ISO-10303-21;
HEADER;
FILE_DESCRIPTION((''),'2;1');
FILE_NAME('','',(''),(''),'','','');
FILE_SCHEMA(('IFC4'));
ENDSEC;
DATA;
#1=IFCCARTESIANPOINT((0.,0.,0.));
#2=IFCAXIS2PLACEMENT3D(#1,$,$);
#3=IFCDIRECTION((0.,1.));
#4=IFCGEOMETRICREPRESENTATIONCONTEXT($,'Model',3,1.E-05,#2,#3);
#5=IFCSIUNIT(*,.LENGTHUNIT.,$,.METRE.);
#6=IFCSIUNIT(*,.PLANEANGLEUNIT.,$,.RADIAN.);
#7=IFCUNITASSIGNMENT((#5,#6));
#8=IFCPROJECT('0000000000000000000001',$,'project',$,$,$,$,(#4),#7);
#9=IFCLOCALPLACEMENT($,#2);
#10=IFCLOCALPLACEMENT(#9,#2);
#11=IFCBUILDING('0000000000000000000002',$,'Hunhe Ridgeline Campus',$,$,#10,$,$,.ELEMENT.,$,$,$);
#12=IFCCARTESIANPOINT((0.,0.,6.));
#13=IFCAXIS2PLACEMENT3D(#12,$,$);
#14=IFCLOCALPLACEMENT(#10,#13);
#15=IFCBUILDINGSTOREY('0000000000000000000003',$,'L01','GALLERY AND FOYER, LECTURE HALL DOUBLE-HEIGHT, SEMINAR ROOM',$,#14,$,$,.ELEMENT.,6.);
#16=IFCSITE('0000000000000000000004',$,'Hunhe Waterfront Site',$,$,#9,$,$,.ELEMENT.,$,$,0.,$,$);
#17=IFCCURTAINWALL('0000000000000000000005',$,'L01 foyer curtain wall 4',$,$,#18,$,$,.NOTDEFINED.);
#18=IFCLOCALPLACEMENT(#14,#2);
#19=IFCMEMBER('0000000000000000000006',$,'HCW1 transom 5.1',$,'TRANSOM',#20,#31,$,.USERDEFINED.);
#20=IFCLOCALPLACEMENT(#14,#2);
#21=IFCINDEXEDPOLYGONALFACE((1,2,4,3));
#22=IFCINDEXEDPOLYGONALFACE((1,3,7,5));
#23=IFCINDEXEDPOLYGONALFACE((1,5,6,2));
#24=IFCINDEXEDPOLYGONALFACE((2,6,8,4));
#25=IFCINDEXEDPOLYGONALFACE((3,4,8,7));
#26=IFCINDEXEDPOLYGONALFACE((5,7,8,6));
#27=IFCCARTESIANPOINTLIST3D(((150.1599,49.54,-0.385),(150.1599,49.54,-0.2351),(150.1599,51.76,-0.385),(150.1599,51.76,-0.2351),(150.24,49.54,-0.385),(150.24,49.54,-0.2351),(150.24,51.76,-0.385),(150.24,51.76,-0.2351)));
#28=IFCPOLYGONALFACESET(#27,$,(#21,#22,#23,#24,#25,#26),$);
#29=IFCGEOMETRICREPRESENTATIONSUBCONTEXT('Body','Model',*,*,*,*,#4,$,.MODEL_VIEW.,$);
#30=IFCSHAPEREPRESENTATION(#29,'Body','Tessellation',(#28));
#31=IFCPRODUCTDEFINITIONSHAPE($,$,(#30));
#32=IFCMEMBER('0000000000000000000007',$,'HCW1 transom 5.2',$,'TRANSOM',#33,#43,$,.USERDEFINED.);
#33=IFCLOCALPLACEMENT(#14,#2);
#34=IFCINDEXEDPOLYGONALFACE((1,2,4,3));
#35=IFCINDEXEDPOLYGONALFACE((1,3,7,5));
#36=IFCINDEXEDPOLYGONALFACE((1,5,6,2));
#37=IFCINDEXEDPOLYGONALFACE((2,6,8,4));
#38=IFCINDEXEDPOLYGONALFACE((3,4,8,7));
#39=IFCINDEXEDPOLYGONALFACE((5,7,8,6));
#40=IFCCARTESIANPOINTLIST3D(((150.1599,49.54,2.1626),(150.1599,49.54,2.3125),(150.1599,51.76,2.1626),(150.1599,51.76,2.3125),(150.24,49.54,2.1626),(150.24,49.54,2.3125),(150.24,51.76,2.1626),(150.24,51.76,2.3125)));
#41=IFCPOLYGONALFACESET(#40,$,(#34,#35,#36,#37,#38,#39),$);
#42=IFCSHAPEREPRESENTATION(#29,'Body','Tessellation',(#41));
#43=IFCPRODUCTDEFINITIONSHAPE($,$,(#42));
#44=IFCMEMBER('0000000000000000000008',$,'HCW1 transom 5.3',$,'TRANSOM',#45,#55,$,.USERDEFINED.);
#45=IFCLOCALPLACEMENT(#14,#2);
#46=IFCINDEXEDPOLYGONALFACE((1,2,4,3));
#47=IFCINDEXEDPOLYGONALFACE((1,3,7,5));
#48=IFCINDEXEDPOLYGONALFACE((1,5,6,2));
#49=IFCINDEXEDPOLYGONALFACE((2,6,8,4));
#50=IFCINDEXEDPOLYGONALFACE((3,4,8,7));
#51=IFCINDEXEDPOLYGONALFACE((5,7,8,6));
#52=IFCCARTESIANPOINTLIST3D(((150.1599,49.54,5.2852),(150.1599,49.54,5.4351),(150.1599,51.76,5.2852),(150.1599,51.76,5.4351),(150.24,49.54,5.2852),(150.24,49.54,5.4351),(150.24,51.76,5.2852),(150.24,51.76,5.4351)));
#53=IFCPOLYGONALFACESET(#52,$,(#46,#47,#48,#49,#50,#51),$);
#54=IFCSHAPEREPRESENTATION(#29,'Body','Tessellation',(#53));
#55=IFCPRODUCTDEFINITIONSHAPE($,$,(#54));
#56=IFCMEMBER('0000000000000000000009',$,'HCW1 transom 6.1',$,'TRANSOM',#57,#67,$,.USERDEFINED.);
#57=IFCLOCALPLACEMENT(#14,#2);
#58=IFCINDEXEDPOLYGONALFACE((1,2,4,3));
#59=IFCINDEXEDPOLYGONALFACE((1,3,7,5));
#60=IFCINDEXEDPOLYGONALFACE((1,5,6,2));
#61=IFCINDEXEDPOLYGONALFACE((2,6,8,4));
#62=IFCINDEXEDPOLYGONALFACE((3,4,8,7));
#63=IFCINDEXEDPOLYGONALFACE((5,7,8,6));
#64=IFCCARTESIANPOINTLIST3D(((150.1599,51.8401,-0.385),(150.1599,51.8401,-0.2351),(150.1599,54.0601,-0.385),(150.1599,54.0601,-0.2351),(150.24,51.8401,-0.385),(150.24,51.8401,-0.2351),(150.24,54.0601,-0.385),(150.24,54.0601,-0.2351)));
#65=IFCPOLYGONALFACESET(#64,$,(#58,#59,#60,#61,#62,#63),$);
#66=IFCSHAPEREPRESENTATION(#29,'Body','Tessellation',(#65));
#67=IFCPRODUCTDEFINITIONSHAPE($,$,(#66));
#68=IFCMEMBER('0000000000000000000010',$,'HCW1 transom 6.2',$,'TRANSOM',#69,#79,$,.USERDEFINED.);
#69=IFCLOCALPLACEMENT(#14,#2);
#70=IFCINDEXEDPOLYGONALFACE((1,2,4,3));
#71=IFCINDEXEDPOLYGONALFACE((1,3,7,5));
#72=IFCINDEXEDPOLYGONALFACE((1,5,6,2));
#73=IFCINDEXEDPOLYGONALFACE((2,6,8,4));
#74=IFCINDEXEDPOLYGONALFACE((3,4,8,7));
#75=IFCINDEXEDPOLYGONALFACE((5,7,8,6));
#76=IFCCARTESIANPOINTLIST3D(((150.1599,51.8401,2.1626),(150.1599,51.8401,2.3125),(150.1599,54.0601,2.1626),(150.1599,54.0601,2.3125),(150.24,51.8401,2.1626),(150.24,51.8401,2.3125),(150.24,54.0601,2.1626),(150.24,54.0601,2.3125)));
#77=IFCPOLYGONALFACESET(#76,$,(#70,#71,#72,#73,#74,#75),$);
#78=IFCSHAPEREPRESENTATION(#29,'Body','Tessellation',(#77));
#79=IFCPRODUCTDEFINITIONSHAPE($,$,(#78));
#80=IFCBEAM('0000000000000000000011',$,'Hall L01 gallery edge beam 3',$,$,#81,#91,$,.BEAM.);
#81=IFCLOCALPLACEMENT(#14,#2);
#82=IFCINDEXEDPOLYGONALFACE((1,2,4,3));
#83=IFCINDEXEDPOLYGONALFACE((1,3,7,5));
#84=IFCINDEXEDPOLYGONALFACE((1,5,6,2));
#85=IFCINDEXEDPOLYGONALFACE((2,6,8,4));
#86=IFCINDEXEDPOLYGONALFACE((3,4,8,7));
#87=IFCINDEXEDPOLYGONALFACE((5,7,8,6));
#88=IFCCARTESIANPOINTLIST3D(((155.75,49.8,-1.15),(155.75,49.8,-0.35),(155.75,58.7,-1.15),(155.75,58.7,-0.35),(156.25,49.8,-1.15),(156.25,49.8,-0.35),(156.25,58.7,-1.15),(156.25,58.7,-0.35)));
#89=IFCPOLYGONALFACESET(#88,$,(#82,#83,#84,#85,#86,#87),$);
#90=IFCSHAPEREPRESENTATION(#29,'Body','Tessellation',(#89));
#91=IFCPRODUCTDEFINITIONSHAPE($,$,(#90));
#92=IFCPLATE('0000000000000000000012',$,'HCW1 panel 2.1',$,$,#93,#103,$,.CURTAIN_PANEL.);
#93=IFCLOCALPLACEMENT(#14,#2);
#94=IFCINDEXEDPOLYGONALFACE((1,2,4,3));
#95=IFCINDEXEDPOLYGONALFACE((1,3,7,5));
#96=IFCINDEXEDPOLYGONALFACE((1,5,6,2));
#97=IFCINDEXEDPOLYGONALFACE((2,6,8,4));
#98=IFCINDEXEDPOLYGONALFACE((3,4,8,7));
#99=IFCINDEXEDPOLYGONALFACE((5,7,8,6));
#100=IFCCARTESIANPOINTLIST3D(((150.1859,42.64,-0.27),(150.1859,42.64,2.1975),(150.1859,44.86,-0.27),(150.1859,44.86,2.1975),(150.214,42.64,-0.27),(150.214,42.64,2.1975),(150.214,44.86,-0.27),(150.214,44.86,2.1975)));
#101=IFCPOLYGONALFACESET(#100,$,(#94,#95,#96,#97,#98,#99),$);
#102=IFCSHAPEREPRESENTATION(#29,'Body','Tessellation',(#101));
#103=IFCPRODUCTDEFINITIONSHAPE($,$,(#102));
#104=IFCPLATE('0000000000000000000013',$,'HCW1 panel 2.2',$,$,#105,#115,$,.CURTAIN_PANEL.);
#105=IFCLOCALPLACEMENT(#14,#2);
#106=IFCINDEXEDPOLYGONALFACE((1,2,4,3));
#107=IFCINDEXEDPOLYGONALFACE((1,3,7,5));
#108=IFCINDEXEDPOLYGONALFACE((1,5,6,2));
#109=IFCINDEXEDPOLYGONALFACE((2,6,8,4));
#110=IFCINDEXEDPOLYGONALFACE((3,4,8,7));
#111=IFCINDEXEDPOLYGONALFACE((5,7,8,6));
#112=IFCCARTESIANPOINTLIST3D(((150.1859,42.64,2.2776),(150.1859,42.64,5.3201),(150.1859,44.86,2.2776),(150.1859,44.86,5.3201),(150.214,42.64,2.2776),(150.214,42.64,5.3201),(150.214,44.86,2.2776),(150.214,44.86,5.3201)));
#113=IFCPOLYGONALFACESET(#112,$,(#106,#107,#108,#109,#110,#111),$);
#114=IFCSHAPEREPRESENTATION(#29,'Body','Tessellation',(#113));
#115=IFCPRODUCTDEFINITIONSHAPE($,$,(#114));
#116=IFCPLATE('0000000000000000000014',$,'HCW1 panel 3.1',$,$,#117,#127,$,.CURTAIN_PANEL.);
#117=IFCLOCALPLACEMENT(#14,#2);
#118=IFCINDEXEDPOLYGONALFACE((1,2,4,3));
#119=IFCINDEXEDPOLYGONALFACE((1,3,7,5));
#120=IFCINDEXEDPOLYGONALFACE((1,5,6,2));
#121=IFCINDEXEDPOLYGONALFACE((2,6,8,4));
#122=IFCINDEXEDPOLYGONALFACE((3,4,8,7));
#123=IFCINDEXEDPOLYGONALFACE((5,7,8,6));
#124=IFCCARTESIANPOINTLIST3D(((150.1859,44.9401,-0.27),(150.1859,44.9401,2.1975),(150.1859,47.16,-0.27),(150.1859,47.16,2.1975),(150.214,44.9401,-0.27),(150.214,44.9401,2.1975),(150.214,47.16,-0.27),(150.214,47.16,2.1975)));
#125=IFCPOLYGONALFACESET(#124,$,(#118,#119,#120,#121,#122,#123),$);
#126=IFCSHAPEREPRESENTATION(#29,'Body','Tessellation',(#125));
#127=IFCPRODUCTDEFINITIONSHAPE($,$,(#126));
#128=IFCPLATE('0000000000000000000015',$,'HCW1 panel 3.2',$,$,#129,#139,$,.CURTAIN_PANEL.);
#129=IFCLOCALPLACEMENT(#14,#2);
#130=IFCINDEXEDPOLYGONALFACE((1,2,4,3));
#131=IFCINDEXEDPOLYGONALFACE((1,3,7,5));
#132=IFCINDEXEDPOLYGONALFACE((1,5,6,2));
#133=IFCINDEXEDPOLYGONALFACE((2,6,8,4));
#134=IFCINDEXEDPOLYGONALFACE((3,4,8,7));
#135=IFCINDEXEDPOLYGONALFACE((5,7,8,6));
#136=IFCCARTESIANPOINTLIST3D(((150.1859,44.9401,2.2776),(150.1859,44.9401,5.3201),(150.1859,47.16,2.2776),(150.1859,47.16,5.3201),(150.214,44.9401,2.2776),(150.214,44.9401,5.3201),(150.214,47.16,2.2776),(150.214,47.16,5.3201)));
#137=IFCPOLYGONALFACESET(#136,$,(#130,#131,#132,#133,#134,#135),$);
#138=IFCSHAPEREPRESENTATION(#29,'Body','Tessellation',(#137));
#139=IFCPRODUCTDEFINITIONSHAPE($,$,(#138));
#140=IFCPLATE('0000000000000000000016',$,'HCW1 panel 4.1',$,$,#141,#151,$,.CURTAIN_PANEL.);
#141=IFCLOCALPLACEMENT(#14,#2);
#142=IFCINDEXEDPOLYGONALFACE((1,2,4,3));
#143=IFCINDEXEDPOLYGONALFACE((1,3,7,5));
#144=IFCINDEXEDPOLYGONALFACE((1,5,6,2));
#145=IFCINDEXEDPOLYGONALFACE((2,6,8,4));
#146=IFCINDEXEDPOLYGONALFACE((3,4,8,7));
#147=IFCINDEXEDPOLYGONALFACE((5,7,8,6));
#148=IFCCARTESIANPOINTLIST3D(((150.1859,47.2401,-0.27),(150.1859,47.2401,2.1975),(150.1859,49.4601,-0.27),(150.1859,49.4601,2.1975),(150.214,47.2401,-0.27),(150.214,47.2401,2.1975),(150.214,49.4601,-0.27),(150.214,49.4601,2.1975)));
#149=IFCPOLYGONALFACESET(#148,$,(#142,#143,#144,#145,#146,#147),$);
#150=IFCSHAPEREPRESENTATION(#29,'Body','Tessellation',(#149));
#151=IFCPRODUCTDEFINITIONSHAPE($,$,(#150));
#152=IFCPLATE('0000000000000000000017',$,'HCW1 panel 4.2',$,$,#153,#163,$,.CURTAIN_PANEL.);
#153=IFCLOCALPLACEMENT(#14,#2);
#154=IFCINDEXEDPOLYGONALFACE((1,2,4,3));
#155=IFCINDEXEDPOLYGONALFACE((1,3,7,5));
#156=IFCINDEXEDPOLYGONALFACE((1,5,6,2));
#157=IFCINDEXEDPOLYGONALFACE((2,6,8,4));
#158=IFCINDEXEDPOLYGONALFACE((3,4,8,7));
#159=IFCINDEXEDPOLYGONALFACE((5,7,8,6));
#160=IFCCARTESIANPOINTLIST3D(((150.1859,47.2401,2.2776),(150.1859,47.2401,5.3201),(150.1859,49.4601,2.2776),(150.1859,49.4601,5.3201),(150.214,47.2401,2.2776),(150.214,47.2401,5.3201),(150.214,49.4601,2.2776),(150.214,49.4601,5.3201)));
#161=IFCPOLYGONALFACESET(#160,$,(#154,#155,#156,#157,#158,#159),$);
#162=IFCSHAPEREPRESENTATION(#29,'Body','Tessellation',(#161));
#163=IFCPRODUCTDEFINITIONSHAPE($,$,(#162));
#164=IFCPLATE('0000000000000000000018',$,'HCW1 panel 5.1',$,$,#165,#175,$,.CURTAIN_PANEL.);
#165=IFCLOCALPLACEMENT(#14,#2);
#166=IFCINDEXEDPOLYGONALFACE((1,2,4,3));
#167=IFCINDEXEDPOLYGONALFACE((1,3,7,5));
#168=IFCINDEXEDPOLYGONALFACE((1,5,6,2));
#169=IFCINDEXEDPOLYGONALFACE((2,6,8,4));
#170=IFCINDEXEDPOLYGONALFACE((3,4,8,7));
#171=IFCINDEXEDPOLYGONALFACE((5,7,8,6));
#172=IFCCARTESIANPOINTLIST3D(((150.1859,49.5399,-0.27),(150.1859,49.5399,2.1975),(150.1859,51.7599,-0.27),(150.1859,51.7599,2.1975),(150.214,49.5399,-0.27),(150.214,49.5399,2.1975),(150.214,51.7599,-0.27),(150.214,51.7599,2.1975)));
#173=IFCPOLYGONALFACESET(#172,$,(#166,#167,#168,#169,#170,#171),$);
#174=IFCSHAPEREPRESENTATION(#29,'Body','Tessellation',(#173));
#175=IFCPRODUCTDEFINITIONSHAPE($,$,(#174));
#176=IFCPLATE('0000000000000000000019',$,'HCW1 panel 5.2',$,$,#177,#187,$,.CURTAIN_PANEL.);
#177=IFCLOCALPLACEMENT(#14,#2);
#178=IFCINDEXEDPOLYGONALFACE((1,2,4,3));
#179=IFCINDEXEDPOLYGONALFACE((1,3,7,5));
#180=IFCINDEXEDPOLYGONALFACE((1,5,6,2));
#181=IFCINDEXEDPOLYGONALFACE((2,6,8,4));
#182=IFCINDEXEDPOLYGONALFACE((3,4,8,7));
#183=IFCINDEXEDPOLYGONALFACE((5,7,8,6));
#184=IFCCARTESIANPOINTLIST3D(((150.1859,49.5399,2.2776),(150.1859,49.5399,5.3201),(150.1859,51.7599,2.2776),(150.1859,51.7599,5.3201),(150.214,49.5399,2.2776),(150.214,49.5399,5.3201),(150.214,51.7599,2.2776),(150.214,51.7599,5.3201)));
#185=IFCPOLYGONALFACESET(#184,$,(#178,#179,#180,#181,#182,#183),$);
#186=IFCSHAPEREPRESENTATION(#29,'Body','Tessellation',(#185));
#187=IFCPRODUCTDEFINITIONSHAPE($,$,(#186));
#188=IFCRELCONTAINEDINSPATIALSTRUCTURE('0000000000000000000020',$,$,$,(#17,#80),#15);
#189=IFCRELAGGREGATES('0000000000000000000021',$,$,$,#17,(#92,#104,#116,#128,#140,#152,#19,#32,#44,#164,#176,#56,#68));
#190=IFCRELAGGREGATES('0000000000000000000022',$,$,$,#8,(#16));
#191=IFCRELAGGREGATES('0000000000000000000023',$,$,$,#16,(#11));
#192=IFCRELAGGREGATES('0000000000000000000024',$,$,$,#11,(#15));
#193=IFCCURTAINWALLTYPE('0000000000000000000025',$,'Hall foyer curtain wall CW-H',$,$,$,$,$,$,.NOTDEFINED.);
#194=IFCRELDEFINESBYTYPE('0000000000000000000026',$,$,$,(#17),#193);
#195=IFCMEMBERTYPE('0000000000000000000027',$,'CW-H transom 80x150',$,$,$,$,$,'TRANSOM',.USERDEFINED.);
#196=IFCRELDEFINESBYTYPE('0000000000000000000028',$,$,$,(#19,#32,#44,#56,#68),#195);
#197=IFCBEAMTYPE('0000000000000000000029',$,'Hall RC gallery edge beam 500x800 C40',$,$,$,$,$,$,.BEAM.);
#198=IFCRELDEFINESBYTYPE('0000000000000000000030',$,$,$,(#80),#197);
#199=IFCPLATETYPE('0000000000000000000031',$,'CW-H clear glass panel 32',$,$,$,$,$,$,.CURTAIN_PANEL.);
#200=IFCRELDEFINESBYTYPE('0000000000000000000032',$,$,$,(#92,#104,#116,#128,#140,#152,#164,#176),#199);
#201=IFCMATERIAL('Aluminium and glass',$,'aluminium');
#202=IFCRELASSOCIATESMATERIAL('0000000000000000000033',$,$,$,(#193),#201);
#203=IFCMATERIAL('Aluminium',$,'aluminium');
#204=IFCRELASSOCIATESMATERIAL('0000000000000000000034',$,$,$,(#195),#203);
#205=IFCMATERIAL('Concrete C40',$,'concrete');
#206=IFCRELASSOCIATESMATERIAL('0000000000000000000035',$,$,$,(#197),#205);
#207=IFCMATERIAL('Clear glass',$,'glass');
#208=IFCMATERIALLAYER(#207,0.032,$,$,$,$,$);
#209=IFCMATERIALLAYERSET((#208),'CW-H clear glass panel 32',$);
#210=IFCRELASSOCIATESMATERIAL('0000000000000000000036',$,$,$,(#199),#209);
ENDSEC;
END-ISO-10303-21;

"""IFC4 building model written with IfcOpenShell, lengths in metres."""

from ifc_helpers import new_model, si_unit, direction, frame, origin, origin_2d, place, context, subcontext, project, spatial, rectangle, extrude, material, layer, layer_set, material_profile, profile_set, type_object, element, aggregate, save


model = new_model("IFC4")

# Units and contexts
model_context = context("Model", 3, precision=1e-05, world=origin(), true_north=direction((0.0, 1.0)))
body_context = subcontext(model_context, "Body", "Model", "MODEL_VIEW")
ifc_project = project(units=[si_unit("LENGTHUNIT", "METRE"), si_unit("PLANEANGLEUNIT", "RADIAN")], contexts=[model_context])

# Site, building, storey
site_placement = place(None, origin())
site = spatial("IfcSite", under=ifc_project, at=site_placement, Name="Hunhe Waterfront Site", CompositionType="ELEMENT", RefElevation=0.0)
building_placement = place(site_placement, origin())
building = spatial("IfcBuilding", under=site, at=building_placement, Name="Hunhe Ridgeline Campus", CompositionType="ELEMENT")
storey_placement = place(building_placement, frame((0.0, 0.0, 6.0)))
storey = spatial("IfcBuildingStorey", under=building, at=storey_placement, Name="L01", Description="GALLERY AND FOYER, LECTURE HALL DOUBLE-HEIGHT, SEMINAR ROOM", CompositionType="ELEMENT", Elevation=6.0)

# Curtain wall, members
ifc_material_1 = material(Name="Aluminium and glass", Category="aluminium")
curtain_wall_type = type_object("IfcCurtainWallType", Name="Hall foyer curtain wall CW-H", PredefinedType="NOTDEFINED", material=ifc_material_1)
curtain_wall_placement = place(storey_placement, origin())
curtain_wall = element("IfcCurtainWall", 1, at=curtain_wall_placement, inside=storey, type_object=curtain_wall_type, Name="L01 foyer curtain wall 4", PredefinedType="NOTDEFINED")
ifc_material_2 = material(Name="Aluminium", Category="aluminium")
ifc_material_profile_1 = material_profile(ifc_material_2, rectangle(XDim=0.0801, YDim=0.1499, at=origin_2d()))
ifc_profile_set_1 = profile_set([ifc_material_profile_1], Name="Aluminium")
member_type_1 = type_object("IfcMemberType", Name="CW-H transom 80x150", ElementType="TRANSOM", PredefinedType="USERDEFINED", material=ifc_profile_set_1)
member_1_placement = place(storey_placement, frame((150.2, 49.54, -0.3101), z_axis=(0.0, 1.0, 0.0), x_axis=(-1.0, 0.0, 0.0)))
member_1 = element("IfcMember", 2, at=member_1_placement, type_object=member_type_1, Name="HCW1 transom 5.1", ObjectType="TRANSOM", PredefinedType="USERDEFINED", context=body_context, shape_type="SweptSolid", body=[
    extrude(rectangle(XDim=0.0801, YDim=0.1499, at=origin_2d()), origin(), (0.0, 0.0, 1.0), 2.22),
])
member_2_placement = place(storey_placement, frame((150.2, 49.54, 2.2375), z_axis=(0.0, 1.0, 0.0), x_axis=(-1.0, 0.0, 0.0)))
member_2 = element("IfcMember", 3, at=member_2_placement, type_object=member_type_1, Name="HCW1 transom 5.2", ObjectType="TRANSOM", PredefinedType="USERDEFINED", context=body_context, shape_type="SweptSolid", body=[
    extrude(rectangle(XDim=0.0801, YDim=0.1499, at=origin_2d()), origin(), (0.0, 0.0, 1.0), 2.22),
])
member_3_placement = place(storey_placement, frame((150.2, 49.54, 5.3601), z_axis=(0.0, 1.0, 0.0), x_axis=(-1.0, 0.0, 0.0)))
member_3 = element("IfcMember", 4, at=member_3_placement, type_object=member_type_1, Name="HCW1 transom 5.3", ObjectType="TRANSOM", PredefinedType="USERDEFINED", context=body_context, shape_type="SweptSolid", body=[
    extrude(rectangle(XDim=0.0801, YDim=0.1499, at=origin_2d()), origin(), (0.0, 0.0, 1.0), 2.22),
])
member_4_placement = place(storey_placement, frame((150.2, 51.8401, -0.3101), z_axis=(0.0, 1.0, 0.0), x_axis=(-1.0, 0.0, 0.0)))
member_4 = element("IfcMember", 5, at=member_4_placement, type_object=member_type_1, Name="HCW1 transom 6.1", ObjectType="TRANSOM", PredefinedType="USERDEFINED", context=body_context, shape_type="SweptSolid", body=[
    extrude(rectangle(XDim=0.0801, YDim=0.1499, at=origin_2d()), origin(), (0.0, 0.0, 1.0), 2.22),
])
member_5_placement = place(storey_placement, frame((150.2, 51.8401, 2.2375), z_axis=(0.0, 1.0, 0.0), x_axis=(-1.0, 0.0, 0.0)))
member_5 = element("IfcMember", 6, at=member_5_placement, type_object=member_type_1, Name="HCW1 transom 6.2", ObjectType="TRANSOM", PredefinedType="USERDEFINED", context=body_context, shape_type="SweptSolid", body=[
    extrude(rectangle(XDim=0.0801, YDim=0.1499, at=origin_2d()), origin(), (0.0, 0.0, 1.0), 2.22),
])

# Beam
ifc_material_3 = material(Name="Concrete C40", Category="concrete")
ifc_material_profile_2 = material_profile(ifc_material_3, rectangle(XDim=0.5, YDim=0.8, at=origin_2d()))
ifc_profile_set_2 = profile_set([ifc_material_profile_2], Name="Concrete C40")
beam_type = type_object("IfcBeamType", Name="Hall RC gallery edge beam 500x800 C40", PredefinedType="BEAM", material=ifc_profile_set_2)
beam_placement = place(storey_placement, frame((156.0, 49.8, -0.75), z_axis=(0.0, 1.0, 0.0), x_axis=(-1.0, 0.0, 0.0)))
element("IfcBeam", 7, at=beam_placement, inside=storey, type_object=beam_type, Name="Hall L01 gallery edge beam 3", PredefinedType="BEAM", context=body_context, shape_type="SweptSolid", body=[
    extrude(rectangle(XDim=0.5, YDim=0.8, at=origin_2d()), origin(), (0.0, 0.0, 1.0), 8.8999),
])

# Plates
ifc_material_4 = material(Name="Clear glass", Category="glass")
ifc_layer = layer(ifc_material_4, 0.032)
ifc_layer_set = layer_set([ifc_layer], Name="CW-H clear glass panel 32")
plate_type = type_object("IfcPlateType", Name="CW-H clear glass panel 32", PredefinedType="CURTAIN_PANEL", material=ifc_layer_set)
plate_1_placement = place(storey_placement, frame((150.2, 43.75, -0.27), z_axis=(0.0, 0.0, 1.0), x_axis=(0.0, 1.0, 0.0)))
plate_1 = element("IfcPlate", 8, at=plate_1_placement, type_object=plate_type, Name="HCW1 panel 2.1", PredefinedType="CURTAIN_PANEL", context=body_context, shape_type="SweptSolid", body=[
    extrude(rectangle(XDim=2.22, YDim=0.0281, at=origin_2d()), origin(), (0.0, 0.0, 1.0), 2.4675),
])
plate_2_placement = place(storey_placement, frame((150.2, 43.75, 2.2776), z_axis=(0.0, 0.0, 1.0), x_axis=(0.0, 1.0, 0.0)))
plate_2 = element("IfcPlate", 9, at=plate_2_placement, type_object=plate_type, Name="HCW1 panel 2.2", PredefinedType="CURTAIN_PANEL", context=body_context, shape_type="SweptSolid", body=[
    extrude(rectangle(XDim=2.22, YDim=0.0281, at=origin_2d()), origin(), (0.0, 0.0, 1.0), 3.0425),
])
plate_3_placement = place(storey_placement, frame((150.2, 46.05, -0.27), z_axis=(0.0, 0.0, 1.0), x_axis=(0.0, 1.0, 0.0)))
plate_3 = element("IfcPlate", 10, at=plate_3_placement, type_object=plate_type, Name="HCW1 panel 3.1", PredefinedType="CURTAIN_PANEL", context=body_context, shape_type="SweptSolid", body=[
    extrude(rectangle(XDim=2.22, YDim=0.0281, at=origin_2d()), origin(), (0.0, 0.0, 1.0), 2.4675),
])
plate_4_placement = place(storey_placement, frame((150.2, 46.05, 2.2776), z_axis=(0.0, 0.0, 1.0), x_axis=(0.0, 1.0, 0.0)))
plate_4 = element("IfcPlate", 11, at=plate_4_placement, type_object=plate_type, Name="HCW1 panel 3.2", PredefinedType="CURTAIN_PANEL", context=body_context, shape_type="SweptSolid", body=[
    extrude(rectangle(XDim=2.22, YDim=0.0281, at=origin_2d()), origin(), (0.0, 0.0, 1.0), 3.0425),
])
plate_5_placement = place(storey_placement, frame((150.2, 48.3501, -0.27), z_axis=(0.0, 0.0, 1.0), x_axis=(0.0, 1.0, 0.0)))
plate_5 = element("IfcPlate", 12, at=plate_5_placement, type_object=plate_type, Name="HCW1 panel 4.1", PredefinedType="CURTAIN_PANEL", context=body_context, shape_type="SweptSolid", body=[
    extrude(rectangle(XDim=2.22, YDim=0.0281, at=origin_2d()), origin(), (0.0, 0.0, 1.0), 2.4675),
])
plate_6_placement = place(storey_placement, frame((150.2, 48.3501, 2.2776), z_axis=(0.0, 0.0, 1.0), x_axis=(0.0, 1.0, 0.0)))
plate_6 = element("IfcPlate", 13, at=plate_6_placement, type_object=plate_type, Name="HCW1 panel 4.2", PredefinedType="CURTAIN_PANEL", context=body_context, shape_type="SweptSolid", body=[
    extrude(rectangle(XDim=2.22, YDim=0.0281, at=origin_2d()), origin(), (0.0, 0.0, 1.0), 3.0425),
])
plate_7_placement = place(storey_placement, frame((150.2, 50.6499, -0.27), z_axis=(0.0, 0.0, 1.0), x_axis=(0.0, 1.0, 0.0)))
plate_7 = element("IfcPlate", 14, at=plate_7_placement, type_object=plate_type, Name="HCW1 panel 5.1", PredefinedType="CURTAIN_PANEL", context=body_context, shape_type="SweptSolid", body=[
    extrude(rectangle(XDim=2.22, YDim=0.0281, at=origin_2d()), origin(), (0.0, 0.0, 1.0), 2.4675),
])
plate_8_placement = place(storey_placement, frame((150.2, 50.6499, 2.2776), z_axis=(0.0, 0.0, 1.0), x_axis=(0.0, 1.0, 0.0)))
plate_8 = element("IfcPlate", 15, at=plate_8_placement, type_object=plate_type, Name="HCW1 panel 5.2", PredefinedType="CURTAIN_PANEL", context=body_context, shape_type="SweptSolid", body=[
    extrude(rectangle(XDim=2.22, YDim=0.0281, at=origin_2d()), origin(), (0.0, 0.0, 1.0), 3.0425),
])
aggregate(curtain_wall, [plate_1, plate_2, plate_3, plate_4, plate_5, plate_6, member_1, member_2, member_3, plate_7, plate_8, member_4, member_5])

save(model, "model.ifc")
